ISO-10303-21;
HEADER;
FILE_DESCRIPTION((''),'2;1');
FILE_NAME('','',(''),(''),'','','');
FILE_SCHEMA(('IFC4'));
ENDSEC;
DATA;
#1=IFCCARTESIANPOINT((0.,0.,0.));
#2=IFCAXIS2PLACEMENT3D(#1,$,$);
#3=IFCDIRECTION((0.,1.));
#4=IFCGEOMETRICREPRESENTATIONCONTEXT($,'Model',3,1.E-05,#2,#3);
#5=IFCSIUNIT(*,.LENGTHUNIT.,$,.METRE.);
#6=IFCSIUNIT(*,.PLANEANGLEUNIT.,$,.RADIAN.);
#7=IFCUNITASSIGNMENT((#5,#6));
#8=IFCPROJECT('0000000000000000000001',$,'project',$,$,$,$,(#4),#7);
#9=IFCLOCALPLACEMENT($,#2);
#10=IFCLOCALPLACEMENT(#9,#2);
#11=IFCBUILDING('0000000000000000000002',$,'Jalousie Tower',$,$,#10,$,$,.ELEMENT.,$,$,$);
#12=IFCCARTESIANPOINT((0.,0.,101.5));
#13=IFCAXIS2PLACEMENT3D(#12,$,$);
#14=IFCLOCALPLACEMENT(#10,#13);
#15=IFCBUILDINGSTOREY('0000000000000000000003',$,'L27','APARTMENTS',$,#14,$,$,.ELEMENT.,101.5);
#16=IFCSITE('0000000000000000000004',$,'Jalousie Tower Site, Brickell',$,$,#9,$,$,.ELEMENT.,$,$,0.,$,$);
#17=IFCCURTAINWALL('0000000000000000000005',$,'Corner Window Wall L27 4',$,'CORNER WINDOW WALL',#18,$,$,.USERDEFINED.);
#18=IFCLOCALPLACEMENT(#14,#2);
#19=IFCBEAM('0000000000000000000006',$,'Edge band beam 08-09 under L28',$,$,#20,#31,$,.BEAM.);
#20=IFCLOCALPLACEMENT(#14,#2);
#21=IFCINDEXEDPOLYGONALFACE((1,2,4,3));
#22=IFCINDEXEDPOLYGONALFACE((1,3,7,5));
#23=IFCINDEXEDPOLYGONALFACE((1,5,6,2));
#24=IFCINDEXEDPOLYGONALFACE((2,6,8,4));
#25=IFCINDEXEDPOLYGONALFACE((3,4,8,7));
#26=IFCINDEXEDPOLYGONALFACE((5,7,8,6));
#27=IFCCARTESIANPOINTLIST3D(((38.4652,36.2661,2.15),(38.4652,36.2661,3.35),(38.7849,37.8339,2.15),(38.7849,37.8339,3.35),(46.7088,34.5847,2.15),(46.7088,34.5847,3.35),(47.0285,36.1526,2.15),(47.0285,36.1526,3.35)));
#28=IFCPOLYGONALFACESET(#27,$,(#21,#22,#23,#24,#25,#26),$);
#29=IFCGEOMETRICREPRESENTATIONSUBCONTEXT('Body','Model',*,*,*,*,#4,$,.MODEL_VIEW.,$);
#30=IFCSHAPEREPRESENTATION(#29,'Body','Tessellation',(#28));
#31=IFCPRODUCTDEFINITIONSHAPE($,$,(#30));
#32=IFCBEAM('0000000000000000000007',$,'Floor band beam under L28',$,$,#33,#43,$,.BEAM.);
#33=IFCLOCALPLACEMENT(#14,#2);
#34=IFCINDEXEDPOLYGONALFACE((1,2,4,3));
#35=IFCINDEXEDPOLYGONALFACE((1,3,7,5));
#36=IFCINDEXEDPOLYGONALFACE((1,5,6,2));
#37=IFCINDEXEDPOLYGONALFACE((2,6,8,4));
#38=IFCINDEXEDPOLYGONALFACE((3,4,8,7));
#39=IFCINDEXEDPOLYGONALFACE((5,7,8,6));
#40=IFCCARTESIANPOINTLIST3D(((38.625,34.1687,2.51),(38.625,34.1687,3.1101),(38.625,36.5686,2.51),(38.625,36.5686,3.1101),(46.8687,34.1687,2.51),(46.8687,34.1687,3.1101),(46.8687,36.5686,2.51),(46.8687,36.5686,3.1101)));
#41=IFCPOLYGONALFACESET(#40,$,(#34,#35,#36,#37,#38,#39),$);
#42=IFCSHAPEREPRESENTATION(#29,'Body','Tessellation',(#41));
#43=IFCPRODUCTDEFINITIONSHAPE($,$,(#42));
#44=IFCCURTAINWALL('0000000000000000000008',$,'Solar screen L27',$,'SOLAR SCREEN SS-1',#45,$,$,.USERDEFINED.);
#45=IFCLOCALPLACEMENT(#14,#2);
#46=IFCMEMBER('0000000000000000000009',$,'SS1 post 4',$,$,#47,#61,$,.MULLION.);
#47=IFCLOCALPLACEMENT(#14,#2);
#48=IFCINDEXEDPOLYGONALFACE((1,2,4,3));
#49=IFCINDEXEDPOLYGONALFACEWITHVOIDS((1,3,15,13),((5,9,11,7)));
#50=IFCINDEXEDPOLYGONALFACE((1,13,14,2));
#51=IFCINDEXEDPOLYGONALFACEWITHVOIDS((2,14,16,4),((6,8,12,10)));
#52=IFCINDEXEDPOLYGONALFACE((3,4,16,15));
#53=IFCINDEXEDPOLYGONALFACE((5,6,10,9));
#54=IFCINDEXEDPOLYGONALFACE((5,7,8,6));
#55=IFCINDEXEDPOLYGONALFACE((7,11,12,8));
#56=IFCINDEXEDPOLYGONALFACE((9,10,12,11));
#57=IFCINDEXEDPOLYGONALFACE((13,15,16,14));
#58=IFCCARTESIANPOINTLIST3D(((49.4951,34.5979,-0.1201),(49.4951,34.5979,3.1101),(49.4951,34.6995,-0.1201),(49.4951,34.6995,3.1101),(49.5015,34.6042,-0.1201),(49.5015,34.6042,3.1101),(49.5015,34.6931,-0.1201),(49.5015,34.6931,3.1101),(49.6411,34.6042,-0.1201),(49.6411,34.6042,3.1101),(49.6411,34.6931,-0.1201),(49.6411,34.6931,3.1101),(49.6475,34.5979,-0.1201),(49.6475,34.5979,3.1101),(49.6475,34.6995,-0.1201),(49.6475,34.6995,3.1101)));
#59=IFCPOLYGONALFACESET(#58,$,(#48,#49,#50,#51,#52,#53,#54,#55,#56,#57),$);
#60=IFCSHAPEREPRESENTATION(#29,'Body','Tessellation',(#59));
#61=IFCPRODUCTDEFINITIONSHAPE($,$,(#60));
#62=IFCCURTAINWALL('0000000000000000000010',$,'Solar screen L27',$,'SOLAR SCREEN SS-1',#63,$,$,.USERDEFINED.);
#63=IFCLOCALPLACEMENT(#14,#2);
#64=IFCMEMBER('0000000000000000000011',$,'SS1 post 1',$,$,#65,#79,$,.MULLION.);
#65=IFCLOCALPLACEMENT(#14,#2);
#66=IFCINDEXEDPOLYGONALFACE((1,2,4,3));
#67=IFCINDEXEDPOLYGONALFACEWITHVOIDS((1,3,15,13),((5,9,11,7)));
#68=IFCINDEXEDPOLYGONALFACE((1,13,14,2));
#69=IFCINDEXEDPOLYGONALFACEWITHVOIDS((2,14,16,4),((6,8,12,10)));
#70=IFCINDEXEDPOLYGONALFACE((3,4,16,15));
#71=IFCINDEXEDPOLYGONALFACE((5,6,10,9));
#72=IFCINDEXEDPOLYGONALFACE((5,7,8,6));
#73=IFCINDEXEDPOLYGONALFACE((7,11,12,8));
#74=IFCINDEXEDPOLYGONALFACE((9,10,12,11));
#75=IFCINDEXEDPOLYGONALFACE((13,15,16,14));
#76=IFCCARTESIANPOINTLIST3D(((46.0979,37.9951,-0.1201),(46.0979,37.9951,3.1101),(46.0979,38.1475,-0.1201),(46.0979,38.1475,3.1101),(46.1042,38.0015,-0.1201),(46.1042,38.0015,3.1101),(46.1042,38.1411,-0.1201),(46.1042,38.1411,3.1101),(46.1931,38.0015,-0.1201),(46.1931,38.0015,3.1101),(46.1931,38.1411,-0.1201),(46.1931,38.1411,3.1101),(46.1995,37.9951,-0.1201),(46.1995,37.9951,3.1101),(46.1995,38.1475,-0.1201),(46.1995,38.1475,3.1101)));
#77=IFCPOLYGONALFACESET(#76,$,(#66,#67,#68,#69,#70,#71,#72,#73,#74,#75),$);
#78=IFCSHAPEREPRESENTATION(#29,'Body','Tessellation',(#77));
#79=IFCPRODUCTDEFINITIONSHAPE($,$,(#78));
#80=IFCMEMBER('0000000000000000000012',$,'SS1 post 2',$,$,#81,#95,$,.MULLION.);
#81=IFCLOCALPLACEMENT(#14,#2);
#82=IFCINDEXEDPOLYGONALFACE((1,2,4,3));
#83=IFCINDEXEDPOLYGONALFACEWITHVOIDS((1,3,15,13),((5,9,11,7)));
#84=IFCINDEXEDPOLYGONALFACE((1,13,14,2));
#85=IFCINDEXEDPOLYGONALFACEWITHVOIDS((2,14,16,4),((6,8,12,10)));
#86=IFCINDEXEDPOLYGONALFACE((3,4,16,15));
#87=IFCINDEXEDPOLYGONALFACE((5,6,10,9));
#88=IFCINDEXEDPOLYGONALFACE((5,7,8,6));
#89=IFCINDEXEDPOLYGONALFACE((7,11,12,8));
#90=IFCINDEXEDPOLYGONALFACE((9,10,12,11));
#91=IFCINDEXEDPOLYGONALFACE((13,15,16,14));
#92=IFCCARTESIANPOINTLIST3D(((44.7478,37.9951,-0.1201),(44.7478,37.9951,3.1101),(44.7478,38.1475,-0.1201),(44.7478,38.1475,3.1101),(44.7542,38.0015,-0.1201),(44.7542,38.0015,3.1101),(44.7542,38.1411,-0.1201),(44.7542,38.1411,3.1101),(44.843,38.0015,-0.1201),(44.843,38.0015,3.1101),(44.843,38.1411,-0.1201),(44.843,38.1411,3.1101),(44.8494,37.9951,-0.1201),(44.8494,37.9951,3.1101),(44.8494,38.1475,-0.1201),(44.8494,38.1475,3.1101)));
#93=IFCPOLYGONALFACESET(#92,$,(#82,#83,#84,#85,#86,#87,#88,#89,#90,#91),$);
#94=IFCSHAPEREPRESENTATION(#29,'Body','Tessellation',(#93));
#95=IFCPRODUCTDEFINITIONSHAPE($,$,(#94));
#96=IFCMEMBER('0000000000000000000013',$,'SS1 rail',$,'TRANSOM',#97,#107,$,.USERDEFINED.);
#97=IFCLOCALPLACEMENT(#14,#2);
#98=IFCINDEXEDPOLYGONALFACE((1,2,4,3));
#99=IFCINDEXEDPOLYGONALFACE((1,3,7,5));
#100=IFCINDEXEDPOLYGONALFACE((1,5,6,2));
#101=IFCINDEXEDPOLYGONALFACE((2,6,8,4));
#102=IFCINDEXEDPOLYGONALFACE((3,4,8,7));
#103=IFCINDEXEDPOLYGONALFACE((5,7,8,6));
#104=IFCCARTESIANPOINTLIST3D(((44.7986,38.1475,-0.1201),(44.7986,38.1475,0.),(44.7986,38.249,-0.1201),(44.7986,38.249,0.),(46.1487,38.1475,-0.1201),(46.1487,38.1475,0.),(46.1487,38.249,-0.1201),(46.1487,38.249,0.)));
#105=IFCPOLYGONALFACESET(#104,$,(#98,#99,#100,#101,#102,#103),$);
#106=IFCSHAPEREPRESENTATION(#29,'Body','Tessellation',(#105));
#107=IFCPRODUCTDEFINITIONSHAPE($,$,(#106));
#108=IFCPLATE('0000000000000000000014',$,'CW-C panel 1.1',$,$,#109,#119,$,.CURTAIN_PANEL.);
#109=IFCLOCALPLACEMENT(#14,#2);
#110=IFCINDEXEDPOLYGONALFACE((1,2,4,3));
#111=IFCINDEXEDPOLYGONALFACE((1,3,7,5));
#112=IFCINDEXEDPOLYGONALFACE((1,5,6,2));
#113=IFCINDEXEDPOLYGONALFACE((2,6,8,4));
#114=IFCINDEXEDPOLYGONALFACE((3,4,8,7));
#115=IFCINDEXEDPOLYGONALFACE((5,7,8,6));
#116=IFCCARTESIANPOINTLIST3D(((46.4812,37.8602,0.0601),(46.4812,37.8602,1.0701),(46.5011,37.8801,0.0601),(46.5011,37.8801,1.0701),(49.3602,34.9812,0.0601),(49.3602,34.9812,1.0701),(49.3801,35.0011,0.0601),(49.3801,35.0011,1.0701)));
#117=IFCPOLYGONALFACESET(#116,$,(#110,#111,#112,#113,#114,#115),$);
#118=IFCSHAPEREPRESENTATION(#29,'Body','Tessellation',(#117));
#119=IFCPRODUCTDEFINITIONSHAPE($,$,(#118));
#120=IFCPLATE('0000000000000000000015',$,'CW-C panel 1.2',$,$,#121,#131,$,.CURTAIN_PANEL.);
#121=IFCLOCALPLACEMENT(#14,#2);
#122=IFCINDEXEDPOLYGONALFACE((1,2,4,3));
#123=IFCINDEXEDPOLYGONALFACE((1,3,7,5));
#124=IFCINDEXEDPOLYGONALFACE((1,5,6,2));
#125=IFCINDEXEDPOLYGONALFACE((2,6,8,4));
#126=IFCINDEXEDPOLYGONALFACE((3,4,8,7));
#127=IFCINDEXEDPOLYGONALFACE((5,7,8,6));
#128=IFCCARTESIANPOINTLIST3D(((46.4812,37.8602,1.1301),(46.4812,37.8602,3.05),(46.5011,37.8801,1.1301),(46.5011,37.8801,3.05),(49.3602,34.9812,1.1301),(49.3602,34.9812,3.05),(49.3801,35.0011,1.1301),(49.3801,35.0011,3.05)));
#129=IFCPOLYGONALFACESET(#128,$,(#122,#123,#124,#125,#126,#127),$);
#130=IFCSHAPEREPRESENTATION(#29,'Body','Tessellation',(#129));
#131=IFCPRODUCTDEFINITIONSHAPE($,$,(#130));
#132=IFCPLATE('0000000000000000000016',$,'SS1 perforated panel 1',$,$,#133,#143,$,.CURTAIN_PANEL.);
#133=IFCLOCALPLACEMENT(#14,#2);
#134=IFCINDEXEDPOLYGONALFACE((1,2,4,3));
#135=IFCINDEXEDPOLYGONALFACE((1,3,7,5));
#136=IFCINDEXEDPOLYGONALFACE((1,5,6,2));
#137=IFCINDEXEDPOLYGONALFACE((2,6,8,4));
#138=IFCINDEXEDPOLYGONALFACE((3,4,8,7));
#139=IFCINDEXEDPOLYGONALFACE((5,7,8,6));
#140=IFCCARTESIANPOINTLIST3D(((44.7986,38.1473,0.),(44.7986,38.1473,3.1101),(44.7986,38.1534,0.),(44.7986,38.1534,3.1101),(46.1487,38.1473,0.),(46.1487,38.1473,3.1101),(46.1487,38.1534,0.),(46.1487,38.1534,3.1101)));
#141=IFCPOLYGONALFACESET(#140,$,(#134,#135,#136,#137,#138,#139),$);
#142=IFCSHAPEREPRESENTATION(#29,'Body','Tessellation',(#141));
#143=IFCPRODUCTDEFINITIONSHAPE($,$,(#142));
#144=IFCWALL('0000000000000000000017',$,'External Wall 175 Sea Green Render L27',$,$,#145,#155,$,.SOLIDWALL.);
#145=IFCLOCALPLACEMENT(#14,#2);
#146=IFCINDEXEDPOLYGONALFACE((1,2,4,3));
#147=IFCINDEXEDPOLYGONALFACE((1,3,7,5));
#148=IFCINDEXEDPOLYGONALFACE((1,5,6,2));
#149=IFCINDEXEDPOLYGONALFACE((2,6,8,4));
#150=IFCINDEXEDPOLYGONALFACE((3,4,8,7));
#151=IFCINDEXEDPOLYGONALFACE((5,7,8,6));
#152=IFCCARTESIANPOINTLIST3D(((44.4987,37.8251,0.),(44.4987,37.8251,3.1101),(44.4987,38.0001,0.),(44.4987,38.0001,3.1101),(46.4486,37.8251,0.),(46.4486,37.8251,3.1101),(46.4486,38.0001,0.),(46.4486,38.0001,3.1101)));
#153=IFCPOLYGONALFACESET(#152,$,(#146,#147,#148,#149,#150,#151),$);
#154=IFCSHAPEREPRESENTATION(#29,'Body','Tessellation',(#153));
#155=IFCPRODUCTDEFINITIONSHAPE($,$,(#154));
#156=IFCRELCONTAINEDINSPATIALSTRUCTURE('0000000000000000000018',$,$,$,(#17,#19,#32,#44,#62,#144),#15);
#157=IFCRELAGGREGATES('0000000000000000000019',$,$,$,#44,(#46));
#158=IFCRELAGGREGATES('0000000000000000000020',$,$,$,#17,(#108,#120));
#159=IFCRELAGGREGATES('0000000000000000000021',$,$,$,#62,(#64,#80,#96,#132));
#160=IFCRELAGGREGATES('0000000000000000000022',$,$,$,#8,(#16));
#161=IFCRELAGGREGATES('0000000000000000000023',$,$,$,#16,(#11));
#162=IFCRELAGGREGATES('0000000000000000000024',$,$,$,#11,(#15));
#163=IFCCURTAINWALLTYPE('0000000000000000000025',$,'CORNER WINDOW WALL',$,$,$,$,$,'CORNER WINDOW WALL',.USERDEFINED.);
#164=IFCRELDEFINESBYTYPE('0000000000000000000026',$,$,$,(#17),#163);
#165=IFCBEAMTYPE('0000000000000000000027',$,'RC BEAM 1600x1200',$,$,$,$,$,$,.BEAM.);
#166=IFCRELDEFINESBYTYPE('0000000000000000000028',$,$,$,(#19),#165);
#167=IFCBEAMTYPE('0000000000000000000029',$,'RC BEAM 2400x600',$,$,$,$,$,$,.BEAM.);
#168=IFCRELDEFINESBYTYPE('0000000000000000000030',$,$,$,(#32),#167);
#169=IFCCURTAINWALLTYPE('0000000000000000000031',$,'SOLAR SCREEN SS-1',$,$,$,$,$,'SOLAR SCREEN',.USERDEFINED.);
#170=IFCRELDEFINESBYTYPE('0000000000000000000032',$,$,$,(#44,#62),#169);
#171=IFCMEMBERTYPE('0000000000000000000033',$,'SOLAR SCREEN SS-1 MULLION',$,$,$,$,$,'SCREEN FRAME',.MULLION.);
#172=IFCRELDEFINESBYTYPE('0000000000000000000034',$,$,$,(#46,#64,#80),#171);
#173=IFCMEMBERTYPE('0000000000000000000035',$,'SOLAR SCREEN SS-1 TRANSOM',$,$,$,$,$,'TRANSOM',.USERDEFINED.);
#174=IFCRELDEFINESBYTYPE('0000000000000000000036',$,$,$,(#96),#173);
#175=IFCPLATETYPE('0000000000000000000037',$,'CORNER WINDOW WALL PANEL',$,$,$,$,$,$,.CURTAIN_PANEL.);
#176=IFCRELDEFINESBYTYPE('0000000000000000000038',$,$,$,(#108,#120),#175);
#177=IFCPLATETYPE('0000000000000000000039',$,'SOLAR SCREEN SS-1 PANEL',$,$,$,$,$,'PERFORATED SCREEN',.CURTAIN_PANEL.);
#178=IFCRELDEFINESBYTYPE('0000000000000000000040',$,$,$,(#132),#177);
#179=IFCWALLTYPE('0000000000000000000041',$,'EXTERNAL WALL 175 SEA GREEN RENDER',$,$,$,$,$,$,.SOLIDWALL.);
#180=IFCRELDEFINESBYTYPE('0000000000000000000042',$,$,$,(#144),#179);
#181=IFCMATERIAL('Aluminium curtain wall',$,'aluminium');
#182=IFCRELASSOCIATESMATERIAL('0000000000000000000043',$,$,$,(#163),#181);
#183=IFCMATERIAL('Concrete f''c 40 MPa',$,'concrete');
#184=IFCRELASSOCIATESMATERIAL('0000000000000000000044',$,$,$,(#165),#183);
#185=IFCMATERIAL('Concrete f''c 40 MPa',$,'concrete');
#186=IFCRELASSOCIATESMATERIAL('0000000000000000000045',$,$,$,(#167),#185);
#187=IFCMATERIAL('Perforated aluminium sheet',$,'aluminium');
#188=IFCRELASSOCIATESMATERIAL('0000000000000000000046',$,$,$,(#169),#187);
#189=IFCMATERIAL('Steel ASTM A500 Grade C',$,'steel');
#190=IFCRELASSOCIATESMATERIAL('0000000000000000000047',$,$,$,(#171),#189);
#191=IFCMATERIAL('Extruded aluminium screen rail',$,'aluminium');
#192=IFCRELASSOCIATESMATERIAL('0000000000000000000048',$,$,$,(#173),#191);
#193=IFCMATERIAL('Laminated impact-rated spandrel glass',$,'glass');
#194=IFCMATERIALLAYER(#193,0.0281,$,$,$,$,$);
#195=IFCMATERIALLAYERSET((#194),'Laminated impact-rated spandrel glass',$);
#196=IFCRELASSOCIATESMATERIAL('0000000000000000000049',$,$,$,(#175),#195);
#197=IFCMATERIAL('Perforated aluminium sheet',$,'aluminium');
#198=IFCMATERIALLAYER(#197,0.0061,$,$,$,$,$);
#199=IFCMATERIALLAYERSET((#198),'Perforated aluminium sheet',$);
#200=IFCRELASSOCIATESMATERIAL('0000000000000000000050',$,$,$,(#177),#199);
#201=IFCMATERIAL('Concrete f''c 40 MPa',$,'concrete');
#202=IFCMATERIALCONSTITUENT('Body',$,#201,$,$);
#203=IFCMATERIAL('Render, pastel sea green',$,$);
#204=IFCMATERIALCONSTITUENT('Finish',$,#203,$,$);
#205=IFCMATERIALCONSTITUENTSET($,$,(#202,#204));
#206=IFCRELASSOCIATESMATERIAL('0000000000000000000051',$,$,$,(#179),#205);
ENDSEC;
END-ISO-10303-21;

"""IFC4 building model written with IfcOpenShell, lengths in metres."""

from ifc_helpers import new_model, si_unit, direction, frame, frame_2d, origin, origin_2d, place, context, subcontext, project, spatial, rectangle, hollow_rectangle, extrude, material, layer, layer_set, constituent, constituent_set, material_profile, profile_set, type_object, element, aggregate, save


model = new_model("IFC4")

# Units and contexts
model_context = context("Model", 3, precision=1e-05, world=origin(), true_north=direction((0.0, 1.0)))
body_context = subcontext(model_context, "Body", "Model", "MODEL_VIEW")
ifc_project = project(units=[si_unit("LENGTHUNIT", "METRE"), si_unit("PLANEANGLEUNIT", "RADIAN")], contexts=[model_context])

# Site, building, storey
site_placement = place(None, origin())
site = spatial("IfcSite", under=ifc_project, at=site_placement, Name="Jalousie Tower Site, Brickell", CompositionType="ELEMENT", RefElevation=0.0)
building_placement = place(site_placement, origin())
building = spatial("IfcBuilding", under=site, at=building_placement, Name="Jalousie Tower", CompositionType="ELEMENT")
storey_placement = place(building_placement, frame((0.0, 0.0, 101.5)))
storey = spatial("IfcBuildingStorey", under=building, at=storey_placement, Name="L27", Description="APARTMENTS", CompositionType="ELEMENT", Elevation=101.5)

# Curtain wall
ifc_material_1 = material(Name="Aluminium curtain wall", Category="aluminium")
curtain_wall_type_1 = type_object("IfcCurtainWallType", Name="CORNER WINDOW WALL", ElementType="CORNER WINDOW WALL", PredefinedType="USERDEFINED", material=ifc_material_1)
curtain_wall_1_placement = place(storey_placement, origin())
curtain_wall_1 = element("IfcCurtainWall", 1, at=curtain_wall_1_placement, inside=storey, type_object=curtain_wall_type_1, Name="Corner Window Wall L27 4", ObjectType="CORNER WINDOW WALL", PredefinedType="USERDEFINED")

# Beams
ifc_material_2 = material(Name="Concrete f'c 40 MPa", Category="concrete")
ifc_material_profile_1 = material_profile(ifc_material_2, rectangle(XDim=1.6001, YDim=1.2, at=origin_2d()), Name="RC 1600x1200")
ifc_profile_set_1 = profile_set([ifc_material_profile_1], Name="Concrete f'c 40 MPa")
beam_type_1 = type_object("IfcBeamType", Name="RC BEAM 1600x1200", PredefinedType="BEAM", material=ifc_profile_set_1)
beam_1_placement = place(storey_placement, frame((46.8687, 35.3687, 2.75), z_axis=(-0.979827, 0.199848, 0.0), x_axis=(-0.199848, -0.979827, 0.0)))
element("IfcBeam", 2, at=beam_1_placement, inside=storey, type_object=beam_type_1, Name="Edge band beam 08-09 under L28", PredefinedType="BEAM", context=body_context, shape_type="SweptSolid", body=[
    extrude(rectangle(XDim=1.6001, YDim=1.2, at=origin_2d()), origin(), (0.0, 0.0, 1.0), 8.4133),
])
ifc_material_3 = material(Name="Concrete f'c 40 MPa", Category="concrete")
ifc_material_profile_2 = material_profile(ifc_material_3, rectangle(XDim=2.3999, YDim=0.6001, at=origin_2d()), Name="RC 2400x600")
ifc_profile_set_2 = profile_set([ifc_material_profile_2], Name="Concrete f'c 40 MPa")
beam_type_2 = type_object("IfcBeamType", Name="RC BEAM 2400x600", PredefinedType="BEAM", material=ifc_profile_set_2)
beam_2_placement = place(storey_placement, frame((46.8687, 35.3687, 2.8101), z_axis=(-1.0, 0.0, 0.0), x_axis=(0.0, -1.0, 0.0)))
element("IfcBeam", 3, at=beam_2_placement, inside=storey, type_object=beam_type_2, Name="Floor band beam under L28", PredefinedType="BEAM", context=body_context, shape_type="SweptSolid", body=[
    extrude(rectangle(XDim=2.3999, YDim=0.6001, at=origin_2d()), origin(), (0.0, 0.0, 1.0), 8.2437),
])

# Curtain wall, member
ifc_material_4 = material(Name="Perforated aluminium sheet", Category="aluminium")
curtain_wall_type_2 = type_object("IfcCurtainWallType", Name="SOLAR SCREEN SS-1", ElementType="SOLAR SCREEN", PredefinedType="USERDEFINED", material=ifc_material_4)
curtain_wall_2_placement = place(storey_placement, origin())
curtain_wall_2 = element("IfcCurtainWall", 4, at=curtain_wall_2_placement, inside=storey, type_object=curtain_wall_type_2, Name="Solar screen L27", ObjectType="SOLAR SCREEN SS-1", PredefinedType="USERDEFINED")
ifc_material_5 = material(Name="Steel ASTM A500 Grade C", Category="steel")
ifc_material_profile_3 = material_profile(ifc_material_5, hollow_rectangle(XDim=0.1016, YDim=0.1523, WallThickness=0.0063, at=origin_2d()), Name="HSS6X4X1/4")
ifc_profile_set_3 = profile_set([ifc_material_profile_3], Name="Steel ASTM A500 Grade C")
member_type_1 = type_object("IfcMemberType", Name="SOLAR SCREEN SS-1 MULLION", ElementType="SCREEN FRAME", PredefinedType="MULLION", material=ifc_profile_set_3)
member_1_placement = place(storey_placement, frame((49.5713, 34.6487, -0.1201), z_axis=(0.0, 0.0, 1.0), x_axis=(0.0, 1.0, 0.0)))
member_1 = element("IfcMember", 5, at=member_1_placement, type_object=member_type_1, Name="SS1 post 4", PredefinedType="MULLION", context=body_context, shape_type="SweptSolid", body=[
    extrude(hollow_rectangle(XDim=0.1016, YDim=0.1523, WallThickness=0.0063, at=origin_2d()), origin(), (0.0, 0.0, 1.0), 3.2302),
])
aggregate(curtain_wall_2, [member_1])

# Curtain wall, members
curtain_wall_3_placement = place(storey_placement, origin())
curtain_wall_3 = element("IfcCurtainWall", 6, at=curtain_wall_3_placement, inside=storey, type_object=curtain_wall_type_2, Name="Solar screen L27", ObjectType="SOLAR SCREEN SS-1", PredefinedType="USERDEFINED")
member_2_placement = place(storey_placement, frame((46.1487, 38.0713, -0.1201), z_axis=(0.0, 0.0, 1.0), x_axis=(-1.0, 0.0, 0.0)))
member_2 = element("IfcMember", 7, at=member_2_placement, type_object=member_type_1, Name="SS1 post 1", PredefinedType="MULLION", context=body_context, shape_type="SweptSolid", body=[
    extrude(hollow_rectangle(XDim=0.1016, YDim=0.1523, WallThickness=0.0063, at=origin_2d()), origin(), (0.0, 0.0, 1.0), 3.2302),
])
member_3_placement = place(storey_placement, frame((44.7986, 38.0713, -0.1201), z_axis=(0.0, 0.0, 1.0), x_axis=(-1.0, 0.0, 0.0)))
member_3 = element("IfcMember", 8, at=member_3_placement, type_object=member_type_1, Name="SS1 post 2", PredefinedType="MULLION", context=body_context, shape_type="SweptSolid", body=[
    extrude(hollow_rectangle(XDim=0.1016, YDim=0.1523, WallThickness=0.0063, at=origin_2d()), origin(), (0.0, 0.0, 1.0), 3.2302),
])
ifc_material_6 = material(Name="Extruded aluminium screen rail", Category="aluminium")
ifc_material_profile_4 = material_profile(ifc_material_6, rectangle(XDim=0.1016, YDim=0.1201, at=origin_2d()), Name="RAIL 102x120")
ifc_profile_set_4 = profile_set([ifc_material_profile_4], Name="Extruded aluminium screen rail")
member_type_2 = type_object("IfcMemberType", Name="SOLAR SCREEN SS-1 TRANSOM", ElementType="TRANSOM", PredefinedType="USERDEFINED", material=ifc_profile_set_4)
member_4_placement = place(storey_placement, frame((46.1487, 38.1982, -0.0601), z_axis=(-1.0, 0.0, 0.0), x_axis=(0.0, -1.0, 0.0)))
member_4 = element("IfcMember", 9, at=member_4_placement, type_object=member_type_2, Name="SS1 rail", ObjectType="TRANSOM", PredefinedType="USERDEFINED", context=body_context, shape_type="SweptSolid", body=[
    extrude(rectangle(XDim=0.1016, YDim=0.1201, at=origin_2d()), origin(), (0.0, 0.0, 1.0), 1.3501),
])

# Plates
ifc_material_7 = material(Name="Laminated impact-rated spandrel glass", Category="glass")
ifc_layer_1 = layer(ifc_material_7, 0.0281)
ifc_layer_set_1 = layer_set([ifc_layer_1], Name="Laminated impact-rated spandrel glass")
plate_type_1 = type_object("IfcPlateType", Name="CORNER WINDOW WALL PANEL", PredefinedType="CURTAIN_PANEL", material=ifc_layer_set_1)
plate_1_placement = place(storey_placement, frame((47.9307, 36.4307, 0.0601), z_axis=(0.0, 0.0, 1.0), x_axis=(-0.707107, 0.707107, 0.0)))
plate_1 = element("IfcPlate", 10, at=plate_1_placement, type_object=plate_type_1, Name="CW-C panel 1.1", PredefinedType="CURTAIN_PANEL", context=body_context, shape_type="SweptSolid", body=[
    extrude(rectangle(XDim=4.0715, YDim=0.0281, at=origin_2d()), origin(), (0.0, 0.0, 1.0), 1.01),
])
plate_2_placement = place(storey_placement, frame((47.9307, 36.4307, 1.1301), z_axis=(0.0, 0.0, 1.0), x_axis=(-0.707107, 0.707107, 0.0)))
plate_2 = element("IfcPlate", 11, at=plate_2_placement, type_object=plate_type_1, Name="CW-C panel 1.2", PredefinedType="CURTAIN_PANEL", context=body_context, shape_type="SweptSolid", body=[
    extrude(rectangle(XDim=4.0715, YDim=0.0281, at=origin_2d()), origin(), (0.0, 0.0, 1.0), 1.9199),
])
aggregate(curtain_wall_1, [plate_1, plate_2])
ifc_material_8 = material(Name="Perforated aluminium sheet", Category="aluminium")
ifc_layer_2 = layer(ifc_material_8, 0.0061)
ifc_layer_set_2 = layer_set([ifc_layer_2], Name="Perforated aluminium sheet")
plate_type_2 = type_object("IfcPlateType", Name="SOLAR SCREEN SS-1 PANEL", ElementType="PERFORATED SCREEN", PredefinedType="CURTAIN_PANEL", material=ifc_layer_set_2)
plate_3_placement = place(storey_placement, frame((45.4736, 38.1504, 0.0), z_axis=(0.0, 0.0, 1.0), x_axis=(-1.0, 0.0, 0.0)))
plate_3 = element("IfcPlate", 12, at=plate_3_placement, type_object=plate_type_2, Name="SS1 perforated panel 1", PredefinedType="CURTAIN_PANEL", context=body_context, shape_type="SweptSolid", body=[
    extrude(rectangle(XDim=1.3501, YDim=0.0061, at=origin_2d()), origin(), (0.0, 0.0, 1.0), 3.1101),
])
aggregate(curtain_wall_3, [member_2, member_3, member_4, plate_3])

# Wall
ifc_material_9 = material(Name="Concrete f'c 40 MPa", Category="concrete")
ifc_constituent_1 = constituent(ifc_material_9, Name="Body")
ifc_material_10 = material(Name="Render, pastel sea green")
ifc_constituent_2 = constituent(ifc_material_10, Name="Finish")
ifc_constituent_set = constituent_set(constituents=[ifc_constituent_1, ifc_constituent_2])
wall_type = type_object("IfcWallType", Name="EXTERNAL WALL 175 SEA GREEN RENDER", PredefinedType="SOLIDWALL", material=ifc_constituent_set)
wall_1_placement = place(storey_placement, frame((46.4487, 37.9126, 0.0), z_axis=(0.0, 0.0, 1.0), x_axis=(-1.0, 0.0, 0.0)))
element("IfcWall", 13, at=wall_1_placement, inside=storey, type_object=wall_type, Name="External Wall 175 Sea Green Render L27", PredefinedType="SOLIDWALL", context=body_context, shape_type="SweptSolid", body=[
    extrude(rectangle(XDim=1.95, YDim=0.175, at=frame_2d((0.9751, 0.0))), origin(), (0.0, 0.0, 1.0), 3.1101),
])

save(model, "model.ifc")
